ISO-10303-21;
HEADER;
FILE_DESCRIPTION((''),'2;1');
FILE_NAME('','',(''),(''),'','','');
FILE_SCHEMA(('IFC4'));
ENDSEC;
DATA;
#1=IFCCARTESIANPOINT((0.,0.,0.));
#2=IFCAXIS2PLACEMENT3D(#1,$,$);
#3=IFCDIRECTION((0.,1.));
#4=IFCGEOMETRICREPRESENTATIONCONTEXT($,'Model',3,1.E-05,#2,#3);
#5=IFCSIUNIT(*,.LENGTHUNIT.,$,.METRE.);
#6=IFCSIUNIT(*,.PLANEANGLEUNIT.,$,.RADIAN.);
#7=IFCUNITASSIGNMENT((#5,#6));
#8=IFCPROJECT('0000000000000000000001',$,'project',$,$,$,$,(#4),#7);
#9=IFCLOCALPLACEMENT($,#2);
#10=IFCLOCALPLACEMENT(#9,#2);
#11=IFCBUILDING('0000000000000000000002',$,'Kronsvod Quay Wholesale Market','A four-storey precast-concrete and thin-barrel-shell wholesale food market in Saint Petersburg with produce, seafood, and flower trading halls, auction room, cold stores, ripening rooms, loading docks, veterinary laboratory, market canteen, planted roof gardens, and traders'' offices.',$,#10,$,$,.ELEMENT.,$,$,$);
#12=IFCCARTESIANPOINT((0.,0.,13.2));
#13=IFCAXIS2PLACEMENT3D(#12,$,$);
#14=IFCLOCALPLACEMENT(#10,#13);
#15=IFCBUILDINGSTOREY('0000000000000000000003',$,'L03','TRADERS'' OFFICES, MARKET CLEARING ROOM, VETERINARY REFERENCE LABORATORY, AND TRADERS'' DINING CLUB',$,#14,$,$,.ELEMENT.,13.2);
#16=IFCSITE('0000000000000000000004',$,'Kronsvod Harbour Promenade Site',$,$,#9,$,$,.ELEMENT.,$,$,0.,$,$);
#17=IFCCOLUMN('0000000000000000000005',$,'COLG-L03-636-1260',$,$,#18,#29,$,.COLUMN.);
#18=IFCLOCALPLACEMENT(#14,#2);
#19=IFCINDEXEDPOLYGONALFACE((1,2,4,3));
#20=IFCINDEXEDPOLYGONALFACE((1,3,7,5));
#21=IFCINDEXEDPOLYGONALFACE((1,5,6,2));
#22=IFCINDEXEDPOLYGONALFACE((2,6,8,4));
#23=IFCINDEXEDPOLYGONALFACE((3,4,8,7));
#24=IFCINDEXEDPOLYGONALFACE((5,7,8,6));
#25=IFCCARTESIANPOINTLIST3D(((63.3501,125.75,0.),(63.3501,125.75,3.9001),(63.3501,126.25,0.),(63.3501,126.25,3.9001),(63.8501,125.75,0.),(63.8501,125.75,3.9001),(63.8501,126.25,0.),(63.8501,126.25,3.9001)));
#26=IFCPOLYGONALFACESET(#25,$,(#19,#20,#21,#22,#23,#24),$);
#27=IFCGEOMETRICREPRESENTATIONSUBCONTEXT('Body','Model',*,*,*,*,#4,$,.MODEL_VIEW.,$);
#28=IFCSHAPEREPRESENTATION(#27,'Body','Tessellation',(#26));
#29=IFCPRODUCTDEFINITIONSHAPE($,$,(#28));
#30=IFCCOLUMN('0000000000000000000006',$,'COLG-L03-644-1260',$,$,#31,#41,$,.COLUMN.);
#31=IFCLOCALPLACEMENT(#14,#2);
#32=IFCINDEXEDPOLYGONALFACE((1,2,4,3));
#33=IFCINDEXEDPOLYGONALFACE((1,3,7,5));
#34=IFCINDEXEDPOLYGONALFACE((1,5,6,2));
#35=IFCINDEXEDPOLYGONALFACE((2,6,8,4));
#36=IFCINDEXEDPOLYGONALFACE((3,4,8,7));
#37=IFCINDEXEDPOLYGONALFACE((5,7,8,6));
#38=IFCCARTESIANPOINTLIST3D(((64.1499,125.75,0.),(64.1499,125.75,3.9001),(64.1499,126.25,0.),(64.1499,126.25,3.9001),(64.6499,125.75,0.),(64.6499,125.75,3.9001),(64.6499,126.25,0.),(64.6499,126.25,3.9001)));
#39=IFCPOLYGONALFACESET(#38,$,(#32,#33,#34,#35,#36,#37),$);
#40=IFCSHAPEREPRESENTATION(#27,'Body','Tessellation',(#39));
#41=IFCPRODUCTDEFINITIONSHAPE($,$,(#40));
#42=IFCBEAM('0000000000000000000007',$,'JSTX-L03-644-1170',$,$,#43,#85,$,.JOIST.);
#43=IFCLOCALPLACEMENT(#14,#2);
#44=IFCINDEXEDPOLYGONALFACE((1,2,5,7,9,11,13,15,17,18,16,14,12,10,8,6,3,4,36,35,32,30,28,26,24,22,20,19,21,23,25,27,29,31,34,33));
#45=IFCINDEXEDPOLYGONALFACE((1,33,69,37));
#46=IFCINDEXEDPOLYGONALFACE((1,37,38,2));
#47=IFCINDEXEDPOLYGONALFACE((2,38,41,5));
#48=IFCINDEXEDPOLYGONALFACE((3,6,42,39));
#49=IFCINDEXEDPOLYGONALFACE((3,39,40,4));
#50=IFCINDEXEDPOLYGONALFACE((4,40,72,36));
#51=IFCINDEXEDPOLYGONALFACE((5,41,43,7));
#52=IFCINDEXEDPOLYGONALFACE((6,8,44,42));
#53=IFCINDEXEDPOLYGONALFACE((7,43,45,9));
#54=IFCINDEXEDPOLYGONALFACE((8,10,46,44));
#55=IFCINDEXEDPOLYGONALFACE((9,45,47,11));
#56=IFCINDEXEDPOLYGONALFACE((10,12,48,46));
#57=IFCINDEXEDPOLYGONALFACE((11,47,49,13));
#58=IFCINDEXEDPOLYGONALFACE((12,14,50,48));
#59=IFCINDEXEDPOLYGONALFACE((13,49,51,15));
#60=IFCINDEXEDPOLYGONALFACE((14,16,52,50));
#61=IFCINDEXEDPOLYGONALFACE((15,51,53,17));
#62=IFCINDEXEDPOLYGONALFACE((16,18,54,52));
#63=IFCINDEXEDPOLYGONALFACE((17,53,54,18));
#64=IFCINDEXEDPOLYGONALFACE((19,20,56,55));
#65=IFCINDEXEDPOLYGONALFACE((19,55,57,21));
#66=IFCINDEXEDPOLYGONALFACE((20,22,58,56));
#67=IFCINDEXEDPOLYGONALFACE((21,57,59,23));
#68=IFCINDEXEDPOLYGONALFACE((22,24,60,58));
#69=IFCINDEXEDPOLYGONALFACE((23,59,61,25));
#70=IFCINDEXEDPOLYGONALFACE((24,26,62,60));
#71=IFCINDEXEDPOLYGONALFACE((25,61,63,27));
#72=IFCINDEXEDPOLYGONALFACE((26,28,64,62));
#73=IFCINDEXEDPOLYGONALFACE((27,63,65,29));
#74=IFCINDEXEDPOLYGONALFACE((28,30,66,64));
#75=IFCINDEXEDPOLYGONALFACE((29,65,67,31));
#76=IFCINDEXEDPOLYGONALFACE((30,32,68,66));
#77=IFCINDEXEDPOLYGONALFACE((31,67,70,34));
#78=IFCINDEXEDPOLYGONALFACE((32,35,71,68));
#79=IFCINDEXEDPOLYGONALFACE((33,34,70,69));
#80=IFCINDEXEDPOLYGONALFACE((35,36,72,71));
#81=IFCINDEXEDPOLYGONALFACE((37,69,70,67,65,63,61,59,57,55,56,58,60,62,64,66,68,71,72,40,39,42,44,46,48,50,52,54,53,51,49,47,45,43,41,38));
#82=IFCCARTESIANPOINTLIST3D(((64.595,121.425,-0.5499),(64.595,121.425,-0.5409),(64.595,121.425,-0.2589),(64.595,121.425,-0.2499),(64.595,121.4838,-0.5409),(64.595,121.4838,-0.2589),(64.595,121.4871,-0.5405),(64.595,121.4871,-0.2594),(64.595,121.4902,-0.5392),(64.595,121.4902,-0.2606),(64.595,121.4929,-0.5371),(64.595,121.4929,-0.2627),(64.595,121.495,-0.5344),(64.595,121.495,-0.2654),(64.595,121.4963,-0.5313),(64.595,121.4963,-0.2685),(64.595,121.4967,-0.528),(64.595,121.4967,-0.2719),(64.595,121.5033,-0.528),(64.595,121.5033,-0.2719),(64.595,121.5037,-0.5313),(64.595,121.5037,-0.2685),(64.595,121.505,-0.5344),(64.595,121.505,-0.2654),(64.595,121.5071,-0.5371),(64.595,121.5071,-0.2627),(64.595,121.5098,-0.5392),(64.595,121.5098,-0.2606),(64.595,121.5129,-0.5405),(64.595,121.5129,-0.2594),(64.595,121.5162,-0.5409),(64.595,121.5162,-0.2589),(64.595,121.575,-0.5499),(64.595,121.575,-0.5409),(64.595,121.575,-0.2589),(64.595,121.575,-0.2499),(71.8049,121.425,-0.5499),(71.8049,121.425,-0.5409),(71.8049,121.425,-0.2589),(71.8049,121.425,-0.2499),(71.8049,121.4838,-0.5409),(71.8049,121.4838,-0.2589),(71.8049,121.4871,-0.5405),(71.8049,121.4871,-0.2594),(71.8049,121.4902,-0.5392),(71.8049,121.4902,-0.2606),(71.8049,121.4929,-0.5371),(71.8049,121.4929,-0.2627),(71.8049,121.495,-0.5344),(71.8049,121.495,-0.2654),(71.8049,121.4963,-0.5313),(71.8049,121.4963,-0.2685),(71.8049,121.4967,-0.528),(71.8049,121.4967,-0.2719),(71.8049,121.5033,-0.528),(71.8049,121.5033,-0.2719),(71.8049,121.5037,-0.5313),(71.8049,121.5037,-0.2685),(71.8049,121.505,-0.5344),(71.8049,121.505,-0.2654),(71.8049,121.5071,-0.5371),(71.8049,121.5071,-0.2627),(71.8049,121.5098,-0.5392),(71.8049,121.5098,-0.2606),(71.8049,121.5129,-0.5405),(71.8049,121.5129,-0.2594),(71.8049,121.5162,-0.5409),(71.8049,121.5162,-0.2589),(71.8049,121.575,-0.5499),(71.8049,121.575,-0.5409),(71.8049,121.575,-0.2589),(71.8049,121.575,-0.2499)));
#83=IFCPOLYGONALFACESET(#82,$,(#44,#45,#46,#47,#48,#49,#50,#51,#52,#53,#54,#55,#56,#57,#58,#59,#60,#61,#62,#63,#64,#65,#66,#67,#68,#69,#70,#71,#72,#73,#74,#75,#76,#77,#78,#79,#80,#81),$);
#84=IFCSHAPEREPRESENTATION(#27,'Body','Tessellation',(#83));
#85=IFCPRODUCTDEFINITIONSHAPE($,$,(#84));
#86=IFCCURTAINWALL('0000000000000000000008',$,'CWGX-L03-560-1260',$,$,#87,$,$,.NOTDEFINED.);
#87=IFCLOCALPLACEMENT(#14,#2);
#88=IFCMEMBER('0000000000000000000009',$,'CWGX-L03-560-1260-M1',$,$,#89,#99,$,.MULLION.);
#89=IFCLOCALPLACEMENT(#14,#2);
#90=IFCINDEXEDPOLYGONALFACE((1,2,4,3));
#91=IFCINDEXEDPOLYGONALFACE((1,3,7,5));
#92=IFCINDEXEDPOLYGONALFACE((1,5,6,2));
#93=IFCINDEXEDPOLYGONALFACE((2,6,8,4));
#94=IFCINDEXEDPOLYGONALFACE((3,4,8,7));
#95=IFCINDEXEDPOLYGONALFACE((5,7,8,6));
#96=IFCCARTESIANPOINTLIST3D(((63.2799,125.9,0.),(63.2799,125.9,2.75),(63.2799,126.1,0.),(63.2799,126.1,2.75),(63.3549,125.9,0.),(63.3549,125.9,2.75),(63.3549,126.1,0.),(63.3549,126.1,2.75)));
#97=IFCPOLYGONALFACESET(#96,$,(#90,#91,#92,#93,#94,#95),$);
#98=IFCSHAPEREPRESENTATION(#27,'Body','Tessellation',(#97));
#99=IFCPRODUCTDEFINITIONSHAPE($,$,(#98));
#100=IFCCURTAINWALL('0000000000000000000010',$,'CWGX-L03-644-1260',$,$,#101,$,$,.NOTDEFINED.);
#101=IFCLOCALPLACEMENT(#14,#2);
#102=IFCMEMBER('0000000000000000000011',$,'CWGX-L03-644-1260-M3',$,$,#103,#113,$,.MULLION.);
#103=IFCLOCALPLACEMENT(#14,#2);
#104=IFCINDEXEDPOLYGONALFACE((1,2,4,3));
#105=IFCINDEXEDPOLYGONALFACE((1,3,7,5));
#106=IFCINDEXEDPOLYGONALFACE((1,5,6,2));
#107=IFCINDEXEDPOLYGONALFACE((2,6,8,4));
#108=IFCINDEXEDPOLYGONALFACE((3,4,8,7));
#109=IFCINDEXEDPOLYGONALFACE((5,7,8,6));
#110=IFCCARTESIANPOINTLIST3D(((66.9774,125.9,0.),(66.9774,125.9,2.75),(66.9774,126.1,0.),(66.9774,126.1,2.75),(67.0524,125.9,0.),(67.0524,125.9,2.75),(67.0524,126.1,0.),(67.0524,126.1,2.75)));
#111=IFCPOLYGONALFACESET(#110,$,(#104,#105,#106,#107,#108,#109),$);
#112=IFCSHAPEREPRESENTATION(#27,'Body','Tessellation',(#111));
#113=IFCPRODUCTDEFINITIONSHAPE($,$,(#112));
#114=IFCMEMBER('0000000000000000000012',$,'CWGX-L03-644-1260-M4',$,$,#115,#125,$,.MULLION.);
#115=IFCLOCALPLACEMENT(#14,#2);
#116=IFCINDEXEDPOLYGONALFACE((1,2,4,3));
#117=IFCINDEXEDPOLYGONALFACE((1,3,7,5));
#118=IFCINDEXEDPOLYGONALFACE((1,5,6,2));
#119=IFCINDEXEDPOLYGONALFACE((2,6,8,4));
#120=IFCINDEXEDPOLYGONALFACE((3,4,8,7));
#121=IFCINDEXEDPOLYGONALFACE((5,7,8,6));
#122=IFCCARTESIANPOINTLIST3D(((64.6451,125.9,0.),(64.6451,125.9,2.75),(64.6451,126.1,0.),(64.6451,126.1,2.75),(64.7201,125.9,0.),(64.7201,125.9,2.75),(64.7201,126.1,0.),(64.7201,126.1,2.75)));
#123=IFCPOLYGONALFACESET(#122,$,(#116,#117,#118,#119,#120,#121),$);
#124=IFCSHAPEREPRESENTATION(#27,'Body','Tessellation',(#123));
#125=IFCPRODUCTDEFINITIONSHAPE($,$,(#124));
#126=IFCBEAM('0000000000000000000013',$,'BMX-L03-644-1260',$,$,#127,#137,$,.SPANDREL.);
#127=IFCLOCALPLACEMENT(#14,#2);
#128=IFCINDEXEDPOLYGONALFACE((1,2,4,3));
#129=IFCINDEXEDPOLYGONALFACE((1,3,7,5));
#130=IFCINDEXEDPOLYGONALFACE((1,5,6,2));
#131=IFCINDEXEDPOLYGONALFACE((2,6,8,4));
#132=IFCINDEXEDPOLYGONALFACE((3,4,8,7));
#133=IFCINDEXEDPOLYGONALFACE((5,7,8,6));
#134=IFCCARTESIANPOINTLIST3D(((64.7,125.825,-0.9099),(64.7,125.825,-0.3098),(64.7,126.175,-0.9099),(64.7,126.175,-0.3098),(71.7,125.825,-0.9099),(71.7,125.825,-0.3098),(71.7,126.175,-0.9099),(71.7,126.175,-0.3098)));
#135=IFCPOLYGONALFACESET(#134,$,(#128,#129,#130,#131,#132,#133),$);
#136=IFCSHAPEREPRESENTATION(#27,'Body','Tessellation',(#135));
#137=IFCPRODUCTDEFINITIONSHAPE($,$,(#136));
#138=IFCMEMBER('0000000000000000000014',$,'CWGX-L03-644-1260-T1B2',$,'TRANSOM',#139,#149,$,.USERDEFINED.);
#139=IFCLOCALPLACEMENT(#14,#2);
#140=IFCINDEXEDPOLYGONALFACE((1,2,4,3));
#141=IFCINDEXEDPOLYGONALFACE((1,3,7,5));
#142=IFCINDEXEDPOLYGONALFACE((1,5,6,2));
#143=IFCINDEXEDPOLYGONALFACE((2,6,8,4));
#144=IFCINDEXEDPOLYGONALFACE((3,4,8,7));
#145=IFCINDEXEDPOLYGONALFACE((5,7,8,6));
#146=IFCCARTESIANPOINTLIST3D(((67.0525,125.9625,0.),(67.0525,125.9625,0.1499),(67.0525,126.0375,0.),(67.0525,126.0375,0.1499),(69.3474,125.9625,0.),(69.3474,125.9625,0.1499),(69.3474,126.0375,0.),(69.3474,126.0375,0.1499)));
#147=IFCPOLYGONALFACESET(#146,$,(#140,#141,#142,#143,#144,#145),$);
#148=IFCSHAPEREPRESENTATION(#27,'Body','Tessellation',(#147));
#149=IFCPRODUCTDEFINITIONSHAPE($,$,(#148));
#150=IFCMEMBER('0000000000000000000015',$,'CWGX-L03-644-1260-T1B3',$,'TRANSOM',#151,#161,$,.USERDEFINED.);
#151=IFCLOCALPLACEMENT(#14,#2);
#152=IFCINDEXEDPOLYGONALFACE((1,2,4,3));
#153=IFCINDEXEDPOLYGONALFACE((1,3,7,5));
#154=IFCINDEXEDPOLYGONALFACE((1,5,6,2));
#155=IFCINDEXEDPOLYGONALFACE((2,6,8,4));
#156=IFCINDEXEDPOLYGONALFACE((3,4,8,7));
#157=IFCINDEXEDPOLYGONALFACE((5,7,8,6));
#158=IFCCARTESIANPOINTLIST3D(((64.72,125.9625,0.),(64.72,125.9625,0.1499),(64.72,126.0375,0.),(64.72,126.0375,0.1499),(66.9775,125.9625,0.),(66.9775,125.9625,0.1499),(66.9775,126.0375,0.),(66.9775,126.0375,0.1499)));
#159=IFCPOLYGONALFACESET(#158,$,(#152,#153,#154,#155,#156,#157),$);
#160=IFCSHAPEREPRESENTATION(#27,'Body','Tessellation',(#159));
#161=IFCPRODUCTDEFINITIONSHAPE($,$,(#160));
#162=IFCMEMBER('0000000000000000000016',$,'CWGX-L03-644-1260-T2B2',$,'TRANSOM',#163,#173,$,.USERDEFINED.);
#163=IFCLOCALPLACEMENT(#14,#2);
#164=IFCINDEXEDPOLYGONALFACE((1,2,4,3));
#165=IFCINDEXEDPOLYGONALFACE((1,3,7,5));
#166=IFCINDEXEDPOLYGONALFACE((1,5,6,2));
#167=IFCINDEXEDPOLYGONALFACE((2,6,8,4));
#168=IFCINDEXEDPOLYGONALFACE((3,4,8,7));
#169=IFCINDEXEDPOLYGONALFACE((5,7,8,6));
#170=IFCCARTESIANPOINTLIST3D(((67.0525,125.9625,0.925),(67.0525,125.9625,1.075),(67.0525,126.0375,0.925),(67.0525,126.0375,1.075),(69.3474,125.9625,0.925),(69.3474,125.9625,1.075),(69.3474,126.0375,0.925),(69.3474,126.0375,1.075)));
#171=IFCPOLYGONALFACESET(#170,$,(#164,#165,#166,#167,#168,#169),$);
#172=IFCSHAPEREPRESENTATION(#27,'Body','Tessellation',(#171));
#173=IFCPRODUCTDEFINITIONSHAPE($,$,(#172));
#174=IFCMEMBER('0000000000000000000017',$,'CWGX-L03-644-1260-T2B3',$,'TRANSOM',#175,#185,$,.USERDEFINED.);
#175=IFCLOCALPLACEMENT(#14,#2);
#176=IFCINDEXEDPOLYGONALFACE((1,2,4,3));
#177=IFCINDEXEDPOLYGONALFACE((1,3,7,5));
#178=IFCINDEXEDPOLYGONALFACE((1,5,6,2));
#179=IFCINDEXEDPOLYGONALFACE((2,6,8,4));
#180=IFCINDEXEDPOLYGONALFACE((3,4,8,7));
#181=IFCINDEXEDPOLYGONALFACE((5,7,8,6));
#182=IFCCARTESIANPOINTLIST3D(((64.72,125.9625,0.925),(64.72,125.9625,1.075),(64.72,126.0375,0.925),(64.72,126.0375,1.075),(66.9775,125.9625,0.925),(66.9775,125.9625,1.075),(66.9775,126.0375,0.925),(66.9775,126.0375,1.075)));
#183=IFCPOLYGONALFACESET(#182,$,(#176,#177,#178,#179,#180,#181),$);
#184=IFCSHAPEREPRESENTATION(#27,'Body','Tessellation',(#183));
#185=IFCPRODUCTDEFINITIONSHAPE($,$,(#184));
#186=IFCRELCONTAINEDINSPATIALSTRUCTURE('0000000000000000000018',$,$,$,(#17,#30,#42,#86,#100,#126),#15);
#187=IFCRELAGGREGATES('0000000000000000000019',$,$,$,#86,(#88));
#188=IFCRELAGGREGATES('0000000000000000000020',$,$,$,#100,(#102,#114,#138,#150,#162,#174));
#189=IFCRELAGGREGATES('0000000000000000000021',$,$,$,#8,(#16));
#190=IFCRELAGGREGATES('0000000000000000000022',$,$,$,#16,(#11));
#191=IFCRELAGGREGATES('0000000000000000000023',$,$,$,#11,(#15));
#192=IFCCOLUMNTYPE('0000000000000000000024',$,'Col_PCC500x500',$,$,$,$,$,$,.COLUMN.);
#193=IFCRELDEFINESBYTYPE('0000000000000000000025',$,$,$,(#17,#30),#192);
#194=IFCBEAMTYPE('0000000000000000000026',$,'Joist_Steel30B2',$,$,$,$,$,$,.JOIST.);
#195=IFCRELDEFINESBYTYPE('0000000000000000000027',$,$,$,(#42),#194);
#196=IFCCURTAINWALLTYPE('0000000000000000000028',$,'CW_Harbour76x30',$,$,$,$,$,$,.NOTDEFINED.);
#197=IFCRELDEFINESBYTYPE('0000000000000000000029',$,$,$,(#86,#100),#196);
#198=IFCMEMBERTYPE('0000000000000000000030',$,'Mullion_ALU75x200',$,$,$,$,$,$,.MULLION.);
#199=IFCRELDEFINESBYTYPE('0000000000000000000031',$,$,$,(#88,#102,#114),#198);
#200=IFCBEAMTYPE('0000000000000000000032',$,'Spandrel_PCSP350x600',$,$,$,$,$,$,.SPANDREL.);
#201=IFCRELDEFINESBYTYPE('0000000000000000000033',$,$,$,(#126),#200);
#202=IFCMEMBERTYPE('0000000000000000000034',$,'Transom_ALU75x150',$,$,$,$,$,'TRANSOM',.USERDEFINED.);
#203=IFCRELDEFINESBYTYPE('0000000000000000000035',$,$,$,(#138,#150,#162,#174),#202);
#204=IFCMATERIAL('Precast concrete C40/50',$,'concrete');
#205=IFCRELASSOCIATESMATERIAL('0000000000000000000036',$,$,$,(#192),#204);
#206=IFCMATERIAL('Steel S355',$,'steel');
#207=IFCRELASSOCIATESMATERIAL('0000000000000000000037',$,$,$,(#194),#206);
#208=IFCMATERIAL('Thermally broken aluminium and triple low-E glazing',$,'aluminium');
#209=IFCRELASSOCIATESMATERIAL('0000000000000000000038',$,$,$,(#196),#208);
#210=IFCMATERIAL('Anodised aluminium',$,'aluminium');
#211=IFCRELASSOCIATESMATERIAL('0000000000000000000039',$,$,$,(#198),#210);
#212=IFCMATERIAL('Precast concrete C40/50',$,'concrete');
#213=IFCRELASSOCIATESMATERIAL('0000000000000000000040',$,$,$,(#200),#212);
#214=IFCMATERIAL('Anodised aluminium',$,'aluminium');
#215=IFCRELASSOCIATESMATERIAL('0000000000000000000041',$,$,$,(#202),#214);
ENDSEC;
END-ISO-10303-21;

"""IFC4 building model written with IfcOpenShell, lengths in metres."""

from ifc_helpers import new_model, si_unit, direction, frame, origin, origin_2d, place, context, subcontext, project, spatial, rectangle, i_section, extrude, material, material_profile, profile_set, type_object, element, aggregate, save


model = new_model("IFC4")

# Units and contexts
model_context = context("Model", 3, precision=1e-05, world=origin(), true_north=direction((0.0, 1.0)))
body_context = subcontext(model_context, "Body", "Model", "MODEL_VIEW")
ifc_project = project(units=[si_unit("LENGTHUNIT", "METRE"), si_unit("PLANEANGLEUNIT", "RADIAN")], contexts=[model_context])

# Site, building, storey
site_placement = place(None, origin())
site = spatial("IfcSite", under=ifc_project, at=site_placement, Name="Kronsvod Harbour Promenade Site", CompositionType="ELEMENT", RefElevation=0.0)
building_placement = place(site_placement, origin())
building = spatial("IfcBuilding", under=site, at=building_placement, Name="Kronsvod Quay Wholesale Market", Description="A four-storey precast-concrete and thin-barrel-shell wholesale food market in Saint Petersburg with produce, seafood, and flower trading halls, auction room, cold stores, ripening rooms, loading docks, veterinary laboratory, market canteen, planted roof gardens, and traders' offices.", CompositionType="ELEMENT")
storey_placement = place(building_placement, frame((0.0, 0.0, 13.2)))
storey = spatial("IfcBuildingStorey", under=building, at=storey_placement, Name="L03", Description="TRADERS' OFFICES, MARKET CLEARING ROOM, VETERINARY REFERENCE LABORATORY, AND TRADERS' DINING CLUB", CompositionType="ELEMENT", Elevation=13.2)

# Columns
ifc_material_1 = material(Name="Precast concrete C40/50", Category="concrete")
ifc_material_profile_1 = material_profile(ifc_material_1, rectangle(XDim=0.5, YDim=0.5, at=origin_2d()), Name="PCC500x500")
ifc_profile_set_1 = profile_set([ifc_material_profile_1], Name="Precast concrete C40/50")
column_type = type_object("IfcColumnType", Name="Col_PCC500x500", PredefinedType="COLUMN", material=ifc_profile_set_1)
for number, where, z_axis, x_axis, name in (
    (1, (63.6001, 126.0, 0.0), (0.0, 0.0, 1.0), (1.0, 0.0, 0.0), "COLG-L03-636-1260"),
    (2, (64.3999, 126.0, 0.0), (0.0, 0.0, 1.0), (1.0, 0.0, 0.0), "COLG-L03-644-1260"),
):
    element("IfcColumn", number, at=place(storey_placement, frame(where, z_axis=z_axis, x_axis=x_axis)), inside=storey, type_object=column_type, Name=name, PredefinedType="COLUMN", context=body_context, shape_type="SweptSolid", body=[
        extrude(rectangle(XDim=0.5, YDim=0.5, at=origin_2d()), origin(), (0.0, 0.0, 1.0), 3.9001),
    ])

# Beam
ifc_material_2 = material(Name="Steel S355", Category="steel")
ifc_material_profile_2 = material_profile(ifc_material_2, i_section(OverallWidth=0.1499, OverallDepth=0.3, WebThickness=0.0066, FlangeThickness=0.009, FilletRadius=0.0129, at=origin_2d()), Name="30B2")
ifc_profile_set_2 = profile_set([ifc_material_profile_2], Name="Steel S355")
beam_type_1 = type_object("IfcBeamType", Name="Joist_Steel30B2", PredefinedType="JOIST", material=ifc_profile_set_2)
beam_1_placement = place(storey_placement, frame((64.595, 121.5, -0.3999), z_axis=(1.0, 0.0, 0.0), x_axis=(0.0, 1.0, 0.0)))
element("IfcBeam", 3, at=beam_1_placement, inside=storey, type_object=beam_type_1, Name="JSTX-L03-644-1170", PredefinedType="JOIST", context=body_context, shape_type="SweptSolid", body=[
    extrude(i_section(OverallWidth=0.1499, OverallDepth=0.3, WebThickness=0.0066, FlangeThickness=0.009, FilletRadius=0.0129, at=origin_2d()), origin(), (0.0, 0.0, 1.0), 7.21),
])

# Curtain wall, member
ifc_material_3 = material(Name="Thermally broken aluminium and triple low-E glazing", Category="aluminium")
curtain_wall_type = type_object("IfcCurtainWallType", Name="CW_Harbour76x30", PredefinedType="NOTDEFINED", material=ifc_material_3)
curtain_wall_1_placement = place(storey_placement, origin())
curtain_wall_1 = element("IfcCurtainWall", 4, at=curtain_wall_1_placement, inside=storey, type_object=curtain_wall_type, Name="CWGX-L03-560-1260", PredefinedType="NOTDEFINED")
ifc_material_4 = material(Name="Anodised aluminium", Category="aluminium")
ifc_material_profile_3 = material_profile(ifc_material_4, rectangle(XDim=0.075, YDim=0.2, at=origin_2d()), Name="ALUM75x200")
ifc_profile_set_3 = profile_set([ifc_material_profile_3], Name="Anodised aluminium")
member_type_1 = type_object("IfcMemberType", Name="Mullion_ALU75x200", PredefinedType="MULLION", material=ifc_profile_set_3)
member_1_placement = place(storey_placement, frame((63.3174, 126.0, 0.0), z_axis=(0.0, 0.0, 1.0), x_axis=(1.0, 0.0, 0.0)))
member_1 = element("IfcMember", 5, at=member_1_placement, type_object=member_type_1, Name="CWGX-L03-560-1260-M1", PredefinedType="MULLION", context=body_context, shape_type="SweptSolid", body=[
    extrude(rectangle(XDim=0.075, YDim=0.2, at=origin_2d()), origin(), (0.0, 0.0, 1.0), 2.75),
])
aggregate(curtain_wall_1, [member_1])

# Curtain wall, members
curtain_wall_2_placement = place(storey_placement, origin())
curtain_wall_2 = element("IfcCurtainWall", 6, at=curtain_wall_2_placement, inside=storey, type_object=curtain_wall_type, Name="CWGX-L03-644-1260", PredefinedType="NOTDEFINED")
member_2_placement = place(storey_placement, frame((67.0149, 126.0, 0.0), z_axis=(0.0, 0.0, 1.0), x_axis=(1.0, 0.0, 0.0)))
member_2 = element("IfcMember", 7, at=member_2_placement, type_object=member_type_1, Name="CWGX-L03-644-1260-M3", PredefinedType="MULLION", context=body_context, shape_type="SweptSolid", body=[
    extrude(rectangle(XDim=0.075, YDim=0.2, at=origin_2d()), origin(), (0.0, 0.0, 1.0), 2.75),
])
member_3_placement = place(storey_placement, frame((64.6826, 126.0, 0.0), z_axis=(0.0, 0.0, 1.0), x_axis=(1.0, 0.0, 0.0)))
member_3 = element("IfcMember", 8, at=member_3_placement, type_object=member_type_1, Name="CWGX-L03-644-1260-M4", PredefinedType="MULLION", context=body_context, shape_type="SweptSolid", body=[
    extrude(rectangle(XDim=0.075, YDim=0.2, at=origin_2d()), origin(), (0.0, 0.0, 1.0), 2.75),
])

# Beam
ifc_material_5 = material(Name="Precast concrete C40/50", Category="concrete")
ifc_material_profile_4 = material_profile(ifc_material_5, rectangle(XDim=0.3501, YDim=0.6001, at=origin_2d()), Name="PCSP350x600")
ifc_profile_set_4 = profile_set([ifc_material_profile_4], Name="Precast concrete C40/50")
beam_type_2 = type_object("IfcBeamType", Name="Spandrel_PCSP350x600", PredefinedType="SPANDREL", material=ifc_profile_set_4)
beam_2_placement = place(storey_placement, frame((64.7, 126.0, -0.6099), z_axis=(1.0, 0.0, 0.0), x_axis=(0.0, 1.0, 0.0)))
element("IfcBeam", 9, at=beam_2_placement, inside=storey, type_object=beam_type_2, Name="BMX-L03-644-1260", PredefinedType="SPANDREL", context=body_context, shape_type="SweptSolid", body=[
    extrude(rectangle(XDim=0.3501, YDim=0.6001, at=origin_2d()), origin(), (0.0, 0.0, 1.0), 7.0),
])

# Members
ifc_material_6 = material(Name="Anodised aluminium", Category="aluminium")
ifc_material_profile_5 = material_profile(ifc_material_6, rectangle(XDim=0.075, YDim=0.1499, at=origin_2d()), Name="ALUT75x150")
ifc_profile_set_5 = profile_set([ifc_material_profile_5], Name="Anodised aluminium")
member_type_2 = type_object("IfcMemberType", Name="Transom_ALU75x150", ElementType="TRANSOM", PredefinedType="USERDEFINED", material=ifc_profile_set_5)
member_4_placement = place(storey_placement, frame((69.3474, 126.0, 0.075), z_axis=(-1.0, 0.0, 0.0), x_axis=(0.0, -1.0, 0.0)))
member_4 = element("IfcMember", 10, at=member_4_placement, type_object=member_type_2, Name="CWGX-L03-644-1260-T1B2", ObjectType="TRANSOM", PredefinedType="USERDEFINED", context=body_context, shape_type="SweptSolid", body=[
    extrude(rectangle(XDim=0.075, YDim=0.1499, at=origin_2d()), origin(), (0.0, 0.0, 1.0), 2.2949),
])
member_5_placement = place(storey_placement, frame((66.9775, 126.0, 0.075), z_axis=(-1.0, 0.0, 0.0), x_axis=(0.0, -1.0, 0.0)))
member_5 = element("IfcMember", 11, at=member_5_placement, type_object=member_type_2, Name="CWGX-L03-644-1260-T1B3", ObjectType="TRANSOM", PredefinedType="USERDEFINED", context=body_context, shape_type="SweptSolid", body=[
    extrude(rectangle(XDim=0.075, YDim=0.1499, at=origin_2d()), origin(), (0.0, 0.0, 1.0), 2.2576),
])
member_6_placement = place(storey_placement, frame((69.3474, 126.0, 1.0), z_axis=(-1.0, 0.0, 0.0), x_axis=(0.0, -1.0, 0.0)))
member_6 = element("IfcMember", 12, at=member_6_placement, type_object=member_type_2, Name="CWGX-L03-644-1260-T2B2", ObjectType="TRANSOM", PredefinedType="USERDEFINED", context=body_context, shape_type="SweptSolid", body=[
    extrude(rectangle(XDim=0.075, YDim=0.1499, at=origin_2d()), origin(), (0.0, 0.0, 1.0), 2.2949),
])
member_7_placement = place(storey_placement, frame((66.9775, 126.0, 1.0), z_axis=(-1.0, 0.0, 0.0), x_axis=(0.0, -1.0, 0.0)))
member_7 = element("IfcMember", 13, at=member_7_placement, type_object=member_type_2, Name="CWGX-L03-644-1260-T2B3", ObjectType="TRANSOM", PredefinedType="USERDEFINED", context=body_context, shape_type="SweptSolid", body=[
    extrude(rectangle(XDim=0.075, YDim=0.1499, at=origin_2d()), origin(), (0.0, 0.0, 1.0), 2.2576),
])

aggregate(curtain_wall_2, [member_2, member_3, member_4, member_5, member_6, member_7])

save(model, "model.ifc")
